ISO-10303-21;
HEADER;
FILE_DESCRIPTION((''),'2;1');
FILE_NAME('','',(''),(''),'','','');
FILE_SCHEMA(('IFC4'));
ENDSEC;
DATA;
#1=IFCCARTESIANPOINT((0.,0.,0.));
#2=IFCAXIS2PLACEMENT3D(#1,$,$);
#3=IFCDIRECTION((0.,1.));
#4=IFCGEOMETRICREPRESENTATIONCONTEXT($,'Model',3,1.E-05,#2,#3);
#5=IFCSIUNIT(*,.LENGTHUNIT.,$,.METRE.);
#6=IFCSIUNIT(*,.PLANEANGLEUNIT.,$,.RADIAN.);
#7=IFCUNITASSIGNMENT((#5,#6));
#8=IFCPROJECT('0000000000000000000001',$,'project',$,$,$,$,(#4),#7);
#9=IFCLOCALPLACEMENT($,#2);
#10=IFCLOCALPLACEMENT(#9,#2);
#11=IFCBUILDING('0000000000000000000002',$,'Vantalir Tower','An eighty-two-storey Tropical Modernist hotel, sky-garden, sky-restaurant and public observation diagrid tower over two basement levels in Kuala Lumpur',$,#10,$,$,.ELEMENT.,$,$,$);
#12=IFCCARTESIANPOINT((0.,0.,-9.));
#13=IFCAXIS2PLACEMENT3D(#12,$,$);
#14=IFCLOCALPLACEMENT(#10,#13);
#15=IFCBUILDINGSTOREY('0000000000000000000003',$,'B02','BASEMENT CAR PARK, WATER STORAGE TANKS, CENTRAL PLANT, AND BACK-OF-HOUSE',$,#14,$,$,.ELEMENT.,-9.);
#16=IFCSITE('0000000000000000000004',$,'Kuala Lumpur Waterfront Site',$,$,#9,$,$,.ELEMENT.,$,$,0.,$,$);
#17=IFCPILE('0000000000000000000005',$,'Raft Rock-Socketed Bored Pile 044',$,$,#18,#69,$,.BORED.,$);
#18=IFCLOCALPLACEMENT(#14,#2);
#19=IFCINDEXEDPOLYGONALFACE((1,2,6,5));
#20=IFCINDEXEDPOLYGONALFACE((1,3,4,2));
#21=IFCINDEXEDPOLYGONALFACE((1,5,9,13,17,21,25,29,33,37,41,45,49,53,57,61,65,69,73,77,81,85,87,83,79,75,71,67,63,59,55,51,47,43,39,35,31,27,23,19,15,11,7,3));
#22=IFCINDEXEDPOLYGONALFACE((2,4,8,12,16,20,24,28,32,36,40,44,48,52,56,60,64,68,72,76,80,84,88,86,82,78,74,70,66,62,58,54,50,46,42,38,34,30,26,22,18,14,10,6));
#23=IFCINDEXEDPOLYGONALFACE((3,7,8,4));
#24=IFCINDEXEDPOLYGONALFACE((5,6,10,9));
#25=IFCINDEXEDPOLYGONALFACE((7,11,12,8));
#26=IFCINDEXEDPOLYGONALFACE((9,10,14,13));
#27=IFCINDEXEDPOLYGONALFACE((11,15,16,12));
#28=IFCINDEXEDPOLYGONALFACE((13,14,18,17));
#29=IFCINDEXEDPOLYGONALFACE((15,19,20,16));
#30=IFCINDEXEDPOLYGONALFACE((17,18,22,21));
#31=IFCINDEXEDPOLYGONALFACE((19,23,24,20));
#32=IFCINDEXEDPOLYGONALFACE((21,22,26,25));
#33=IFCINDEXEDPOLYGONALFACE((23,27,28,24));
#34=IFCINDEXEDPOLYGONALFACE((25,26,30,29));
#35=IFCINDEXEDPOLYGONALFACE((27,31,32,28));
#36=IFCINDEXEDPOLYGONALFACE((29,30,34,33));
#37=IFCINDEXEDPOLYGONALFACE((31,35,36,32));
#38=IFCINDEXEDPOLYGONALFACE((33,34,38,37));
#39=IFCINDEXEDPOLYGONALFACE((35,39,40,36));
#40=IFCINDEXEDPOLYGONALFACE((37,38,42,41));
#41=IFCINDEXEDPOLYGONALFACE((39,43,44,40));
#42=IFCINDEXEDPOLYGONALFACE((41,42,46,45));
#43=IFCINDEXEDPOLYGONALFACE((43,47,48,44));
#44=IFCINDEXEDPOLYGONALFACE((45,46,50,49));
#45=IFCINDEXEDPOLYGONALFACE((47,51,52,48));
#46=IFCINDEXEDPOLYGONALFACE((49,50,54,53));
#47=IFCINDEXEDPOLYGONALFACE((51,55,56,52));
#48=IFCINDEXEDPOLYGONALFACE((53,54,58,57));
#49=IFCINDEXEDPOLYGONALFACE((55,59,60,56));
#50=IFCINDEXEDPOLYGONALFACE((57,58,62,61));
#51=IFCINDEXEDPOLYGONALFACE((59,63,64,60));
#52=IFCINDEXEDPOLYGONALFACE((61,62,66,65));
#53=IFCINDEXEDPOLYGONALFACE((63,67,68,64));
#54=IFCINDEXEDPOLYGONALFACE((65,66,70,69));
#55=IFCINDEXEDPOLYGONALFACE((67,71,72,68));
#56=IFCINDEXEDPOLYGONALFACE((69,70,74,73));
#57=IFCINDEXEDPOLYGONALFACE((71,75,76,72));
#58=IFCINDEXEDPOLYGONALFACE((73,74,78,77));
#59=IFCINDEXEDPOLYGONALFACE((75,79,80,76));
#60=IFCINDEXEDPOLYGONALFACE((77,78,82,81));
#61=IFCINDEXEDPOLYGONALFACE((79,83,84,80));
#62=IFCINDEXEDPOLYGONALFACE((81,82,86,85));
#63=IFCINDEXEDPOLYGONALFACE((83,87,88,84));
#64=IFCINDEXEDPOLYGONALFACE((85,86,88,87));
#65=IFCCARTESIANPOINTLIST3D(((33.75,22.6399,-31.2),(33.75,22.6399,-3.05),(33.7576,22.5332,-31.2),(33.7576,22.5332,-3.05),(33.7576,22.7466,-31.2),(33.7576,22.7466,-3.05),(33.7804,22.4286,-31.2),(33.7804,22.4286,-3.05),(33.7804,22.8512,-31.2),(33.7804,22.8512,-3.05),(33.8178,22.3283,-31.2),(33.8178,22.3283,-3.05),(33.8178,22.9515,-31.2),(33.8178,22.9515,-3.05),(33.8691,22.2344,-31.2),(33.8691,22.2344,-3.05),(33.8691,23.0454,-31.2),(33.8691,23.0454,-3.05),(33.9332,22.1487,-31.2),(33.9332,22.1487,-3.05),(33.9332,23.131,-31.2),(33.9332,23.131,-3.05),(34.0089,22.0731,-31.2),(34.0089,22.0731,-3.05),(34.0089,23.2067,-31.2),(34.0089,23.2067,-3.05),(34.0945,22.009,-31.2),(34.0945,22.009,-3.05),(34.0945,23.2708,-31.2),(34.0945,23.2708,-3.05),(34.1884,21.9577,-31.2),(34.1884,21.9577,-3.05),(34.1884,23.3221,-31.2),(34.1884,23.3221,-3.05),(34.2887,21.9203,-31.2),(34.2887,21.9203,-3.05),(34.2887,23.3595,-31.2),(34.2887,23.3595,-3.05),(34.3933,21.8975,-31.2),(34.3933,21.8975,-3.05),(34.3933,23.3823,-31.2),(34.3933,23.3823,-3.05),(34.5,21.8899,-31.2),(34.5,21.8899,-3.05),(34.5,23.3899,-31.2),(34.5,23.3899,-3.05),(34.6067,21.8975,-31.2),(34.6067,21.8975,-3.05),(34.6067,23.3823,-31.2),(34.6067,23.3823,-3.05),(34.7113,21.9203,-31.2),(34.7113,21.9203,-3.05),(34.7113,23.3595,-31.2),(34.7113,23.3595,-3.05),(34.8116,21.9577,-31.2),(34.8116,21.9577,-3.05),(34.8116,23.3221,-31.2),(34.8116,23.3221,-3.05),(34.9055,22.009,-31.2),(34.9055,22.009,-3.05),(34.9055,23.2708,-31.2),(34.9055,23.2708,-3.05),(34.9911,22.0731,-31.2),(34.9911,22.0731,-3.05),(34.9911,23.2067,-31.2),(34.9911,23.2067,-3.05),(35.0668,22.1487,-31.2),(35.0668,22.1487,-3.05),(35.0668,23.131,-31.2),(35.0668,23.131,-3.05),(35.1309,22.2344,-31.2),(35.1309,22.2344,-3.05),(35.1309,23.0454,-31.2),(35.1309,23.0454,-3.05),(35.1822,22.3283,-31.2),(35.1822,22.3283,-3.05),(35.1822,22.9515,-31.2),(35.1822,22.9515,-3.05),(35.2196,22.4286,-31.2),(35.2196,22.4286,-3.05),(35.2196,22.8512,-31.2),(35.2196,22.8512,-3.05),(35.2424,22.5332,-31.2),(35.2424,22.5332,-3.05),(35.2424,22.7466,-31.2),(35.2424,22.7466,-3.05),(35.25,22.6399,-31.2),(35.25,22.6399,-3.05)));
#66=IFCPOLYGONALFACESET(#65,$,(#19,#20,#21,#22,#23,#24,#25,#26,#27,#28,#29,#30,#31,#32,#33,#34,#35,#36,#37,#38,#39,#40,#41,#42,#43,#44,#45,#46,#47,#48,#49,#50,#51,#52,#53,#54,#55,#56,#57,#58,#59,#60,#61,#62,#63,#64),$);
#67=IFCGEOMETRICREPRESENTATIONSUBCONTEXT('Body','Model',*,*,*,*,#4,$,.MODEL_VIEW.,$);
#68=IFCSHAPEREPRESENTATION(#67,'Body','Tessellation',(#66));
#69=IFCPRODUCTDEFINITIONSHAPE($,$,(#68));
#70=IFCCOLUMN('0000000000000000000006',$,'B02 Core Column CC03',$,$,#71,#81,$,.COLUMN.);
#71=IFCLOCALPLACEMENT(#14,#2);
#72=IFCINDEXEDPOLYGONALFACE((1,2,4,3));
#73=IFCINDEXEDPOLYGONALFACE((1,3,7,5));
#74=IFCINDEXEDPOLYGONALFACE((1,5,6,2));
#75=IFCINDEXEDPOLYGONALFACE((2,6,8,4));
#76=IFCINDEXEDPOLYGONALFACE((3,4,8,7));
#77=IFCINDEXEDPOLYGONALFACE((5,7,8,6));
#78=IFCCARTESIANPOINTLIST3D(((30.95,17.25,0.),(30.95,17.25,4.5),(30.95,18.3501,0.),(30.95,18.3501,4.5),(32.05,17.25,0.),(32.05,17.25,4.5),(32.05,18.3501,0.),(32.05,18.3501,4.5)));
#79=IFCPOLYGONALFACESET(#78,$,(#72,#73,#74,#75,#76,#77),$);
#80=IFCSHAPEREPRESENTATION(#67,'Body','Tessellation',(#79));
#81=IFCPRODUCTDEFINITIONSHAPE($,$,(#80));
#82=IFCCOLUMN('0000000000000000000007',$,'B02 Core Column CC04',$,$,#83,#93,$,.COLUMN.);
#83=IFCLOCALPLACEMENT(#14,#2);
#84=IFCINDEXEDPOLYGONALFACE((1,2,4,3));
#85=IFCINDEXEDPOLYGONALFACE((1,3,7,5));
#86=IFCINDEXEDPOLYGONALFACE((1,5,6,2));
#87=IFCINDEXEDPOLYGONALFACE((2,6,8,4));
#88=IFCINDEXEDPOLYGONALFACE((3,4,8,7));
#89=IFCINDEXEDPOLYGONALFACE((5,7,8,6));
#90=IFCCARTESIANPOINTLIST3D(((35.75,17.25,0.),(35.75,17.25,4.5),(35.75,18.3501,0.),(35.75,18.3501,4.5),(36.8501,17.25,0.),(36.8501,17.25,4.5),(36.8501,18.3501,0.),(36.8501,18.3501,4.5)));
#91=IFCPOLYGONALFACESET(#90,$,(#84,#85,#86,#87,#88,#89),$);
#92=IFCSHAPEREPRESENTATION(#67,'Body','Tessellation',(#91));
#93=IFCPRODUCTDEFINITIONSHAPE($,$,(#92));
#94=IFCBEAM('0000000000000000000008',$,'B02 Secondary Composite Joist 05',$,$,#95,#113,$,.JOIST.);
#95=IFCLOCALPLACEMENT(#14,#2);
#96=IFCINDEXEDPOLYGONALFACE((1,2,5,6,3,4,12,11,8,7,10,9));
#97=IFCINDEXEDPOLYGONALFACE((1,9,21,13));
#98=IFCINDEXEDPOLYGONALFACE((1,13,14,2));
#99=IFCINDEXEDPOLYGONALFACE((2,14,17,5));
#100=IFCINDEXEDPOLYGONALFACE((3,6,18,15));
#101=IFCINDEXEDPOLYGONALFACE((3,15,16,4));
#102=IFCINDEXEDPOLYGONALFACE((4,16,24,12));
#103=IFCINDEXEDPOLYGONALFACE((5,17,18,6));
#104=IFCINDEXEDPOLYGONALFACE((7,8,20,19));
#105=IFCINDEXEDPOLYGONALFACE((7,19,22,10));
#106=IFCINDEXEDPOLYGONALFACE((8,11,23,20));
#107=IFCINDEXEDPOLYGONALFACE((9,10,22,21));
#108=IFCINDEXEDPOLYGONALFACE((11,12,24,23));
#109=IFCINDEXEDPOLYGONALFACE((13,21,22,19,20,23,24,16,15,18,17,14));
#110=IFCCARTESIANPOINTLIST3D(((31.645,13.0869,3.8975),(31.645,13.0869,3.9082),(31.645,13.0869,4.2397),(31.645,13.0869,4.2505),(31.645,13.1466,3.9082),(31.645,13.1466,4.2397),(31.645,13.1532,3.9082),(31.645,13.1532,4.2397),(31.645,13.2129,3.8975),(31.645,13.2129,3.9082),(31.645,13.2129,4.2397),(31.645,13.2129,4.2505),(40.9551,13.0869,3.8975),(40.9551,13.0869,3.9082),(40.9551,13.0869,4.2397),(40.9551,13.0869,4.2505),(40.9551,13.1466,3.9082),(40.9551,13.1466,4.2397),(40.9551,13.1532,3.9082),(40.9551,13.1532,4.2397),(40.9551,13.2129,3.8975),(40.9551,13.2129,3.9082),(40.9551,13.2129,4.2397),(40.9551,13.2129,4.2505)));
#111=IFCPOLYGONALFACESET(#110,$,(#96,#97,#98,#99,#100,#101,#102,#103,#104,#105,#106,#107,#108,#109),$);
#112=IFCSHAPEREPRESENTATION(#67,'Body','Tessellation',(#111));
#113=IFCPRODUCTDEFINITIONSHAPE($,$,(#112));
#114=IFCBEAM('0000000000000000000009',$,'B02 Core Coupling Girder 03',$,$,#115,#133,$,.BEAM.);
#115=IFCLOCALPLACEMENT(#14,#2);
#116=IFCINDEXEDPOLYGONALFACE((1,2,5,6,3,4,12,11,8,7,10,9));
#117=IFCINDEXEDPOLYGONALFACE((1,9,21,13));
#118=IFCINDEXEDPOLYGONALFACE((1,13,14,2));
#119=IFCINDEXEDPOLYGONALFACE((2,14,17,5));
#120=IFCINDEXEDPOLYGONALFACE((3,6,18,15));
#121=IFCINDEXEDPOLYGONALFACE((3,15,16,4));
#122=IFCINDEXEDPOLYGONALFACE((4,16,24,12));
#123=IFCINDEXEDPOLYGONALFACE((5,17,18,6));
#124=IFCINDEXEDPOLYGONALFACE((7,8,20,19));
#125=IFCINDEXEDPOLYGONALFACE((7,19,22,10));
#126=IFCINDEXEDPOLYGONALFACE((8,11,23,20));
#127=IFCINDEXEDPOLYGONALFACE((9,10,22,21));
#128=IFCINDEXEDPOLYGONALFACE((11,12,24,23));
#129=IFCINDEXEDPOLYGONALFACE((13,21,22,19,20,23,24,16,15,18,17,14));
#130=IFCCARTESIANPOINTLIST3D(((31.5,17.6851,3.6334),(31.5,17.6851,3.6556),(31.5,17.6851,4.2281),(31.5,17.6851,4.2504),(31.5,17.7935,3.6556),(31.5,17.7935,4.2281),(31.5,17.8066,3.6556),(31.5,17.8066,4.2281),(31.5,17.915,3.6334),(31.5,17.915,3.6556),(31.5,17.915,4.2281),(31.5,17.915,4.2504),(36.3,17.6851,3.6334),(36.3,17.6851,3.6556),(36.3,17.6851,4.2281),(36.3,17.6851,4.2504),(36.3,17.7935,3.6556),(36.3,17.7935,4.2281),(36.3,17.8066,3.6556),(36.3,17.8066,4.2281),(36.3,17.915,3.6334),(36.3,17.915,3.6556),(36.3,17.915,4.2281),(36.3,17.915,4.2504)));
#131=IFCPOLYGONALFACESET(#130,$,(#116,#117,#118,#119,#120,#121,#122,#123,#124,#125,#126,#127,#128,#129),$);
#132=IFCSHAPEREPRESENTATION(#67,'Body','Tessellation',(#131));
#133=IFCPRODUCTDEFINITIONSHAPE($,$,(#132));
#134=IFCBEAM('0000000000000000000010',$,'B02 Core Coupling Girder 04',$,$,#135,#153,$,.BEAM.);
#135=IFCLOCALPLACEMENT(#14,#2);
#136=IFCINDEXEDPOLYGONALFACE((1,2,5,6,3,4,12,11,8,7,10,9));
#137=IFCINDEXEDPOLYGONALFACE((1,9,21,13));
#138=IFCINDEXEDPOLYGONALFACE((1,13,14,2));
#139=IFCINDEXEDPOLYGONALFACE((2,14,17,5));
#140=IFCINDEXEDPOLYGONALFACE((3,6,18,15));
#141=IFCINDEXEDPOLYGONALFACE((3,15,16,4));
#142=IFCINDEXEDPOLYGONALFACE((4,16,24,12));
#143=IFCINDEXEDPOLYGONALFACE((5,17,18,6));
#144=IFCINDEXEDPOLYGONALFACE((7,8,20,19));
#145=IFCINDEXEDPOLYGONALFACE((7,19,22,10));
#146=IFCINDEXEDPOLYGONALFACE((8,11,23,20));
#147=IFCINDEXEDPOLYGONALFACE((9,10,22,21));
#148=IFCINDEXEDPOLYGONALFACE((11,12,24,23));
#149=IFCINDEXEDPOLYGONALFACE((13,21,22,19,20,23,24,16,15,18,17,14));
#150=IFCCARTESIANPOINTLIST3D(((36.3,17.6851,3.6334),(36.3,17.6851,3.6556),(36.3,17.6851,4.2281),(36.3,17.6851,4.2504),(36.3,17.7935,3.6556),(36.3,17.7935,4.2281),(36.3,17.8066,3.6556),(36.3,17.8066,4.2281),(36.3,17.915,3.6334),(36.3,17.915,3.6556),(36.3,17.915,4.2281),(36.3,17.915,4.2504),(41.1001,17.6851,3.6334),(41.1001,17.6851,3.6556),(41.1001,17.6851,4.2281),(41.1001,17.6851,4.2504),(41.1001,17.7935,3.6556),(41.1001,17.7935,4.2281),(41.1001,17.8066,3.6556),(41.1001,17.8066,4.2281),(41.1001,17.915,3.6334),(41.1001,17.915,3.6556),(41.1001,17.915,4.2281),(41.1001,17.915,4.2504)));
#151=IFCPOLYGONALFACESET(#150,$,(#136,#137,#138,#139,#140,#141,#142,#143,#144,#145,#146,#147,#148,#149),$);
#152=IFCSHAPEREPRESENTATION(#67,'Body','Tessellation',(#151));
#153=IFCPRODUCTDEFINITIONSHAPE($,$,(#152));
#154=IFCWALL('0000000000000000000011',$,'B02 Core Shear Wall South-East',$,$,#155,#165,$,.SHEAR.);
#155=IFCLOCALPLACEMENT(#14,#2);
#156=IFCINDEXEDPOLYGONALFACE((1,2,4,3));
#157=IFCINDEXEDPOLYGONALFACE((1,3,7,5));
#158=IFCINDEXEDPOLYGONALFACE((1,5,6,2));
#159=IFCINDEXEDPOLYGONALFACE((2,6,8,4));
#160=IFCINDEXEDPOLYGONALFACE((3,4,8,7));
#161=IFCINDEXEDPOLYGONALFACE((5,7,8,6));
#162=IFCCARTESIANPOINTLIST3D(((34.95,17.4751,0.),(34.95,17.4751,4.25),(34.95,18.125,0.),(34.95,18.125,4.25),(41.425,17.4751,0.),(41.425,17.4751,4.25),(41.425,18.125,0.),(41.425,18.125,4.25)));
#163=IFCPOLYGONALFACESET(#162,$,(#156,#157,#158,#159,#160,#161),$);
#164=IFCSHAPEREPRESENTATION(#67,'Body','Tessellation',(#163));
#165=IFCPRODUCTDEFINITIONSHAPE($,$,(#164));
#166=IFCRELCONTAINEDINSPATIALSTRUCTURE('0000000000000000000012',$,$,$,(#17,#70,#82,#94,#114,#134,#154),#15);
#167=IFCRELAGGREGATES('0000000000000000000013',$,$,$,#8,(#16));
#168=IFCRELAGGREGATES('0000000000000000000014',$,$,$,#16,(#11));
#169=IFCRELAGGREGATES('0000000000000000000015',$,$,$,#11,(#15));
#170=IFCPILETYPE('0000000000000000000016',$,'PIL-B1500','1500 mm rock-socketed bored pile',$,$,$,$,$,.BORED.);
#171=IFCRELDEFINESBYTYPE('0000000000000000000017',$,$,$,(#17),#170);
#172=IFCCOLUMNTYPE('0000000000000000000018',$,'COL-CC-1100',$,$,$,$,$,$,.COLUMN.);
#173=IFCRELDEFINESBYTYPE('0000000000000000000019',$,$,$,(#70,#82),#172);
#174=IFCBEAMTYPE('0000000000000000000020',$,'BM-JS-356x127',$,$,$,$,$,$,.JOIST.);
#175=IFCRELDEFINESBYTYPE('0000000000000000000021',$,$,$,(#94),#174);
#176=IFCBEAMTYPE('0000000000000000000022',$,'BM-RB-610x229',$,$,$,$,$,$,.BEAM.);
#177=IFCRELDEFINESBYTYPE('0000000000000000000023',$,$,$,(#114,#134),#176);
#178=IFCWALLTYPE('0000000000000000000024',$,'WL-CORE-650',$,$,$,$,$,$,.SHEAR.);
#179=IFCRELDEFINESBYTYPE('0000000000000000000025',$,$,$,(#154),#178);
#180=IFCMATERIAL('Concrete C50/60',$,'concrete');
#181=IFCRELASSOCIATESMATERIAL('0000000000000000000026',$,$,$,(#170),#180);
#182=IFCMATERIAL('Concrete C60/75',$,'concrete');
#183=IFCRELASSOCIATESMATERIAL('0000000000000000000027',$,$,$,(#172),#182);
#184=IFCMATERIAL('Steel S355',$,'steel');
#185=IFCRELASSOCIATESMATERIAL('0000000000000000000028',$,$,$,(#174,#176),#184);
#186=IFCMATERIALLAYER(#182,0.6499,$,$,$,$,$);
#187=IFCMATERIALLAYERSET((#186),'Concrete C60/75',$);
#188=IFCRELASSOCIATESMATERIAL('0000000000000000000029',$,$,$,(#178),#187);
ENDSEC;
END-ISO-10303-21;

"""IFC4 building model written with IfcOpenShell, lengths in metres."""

from ifc_helpers import new_model, si_unit, direction, frame, frame_2d, origin, origin_2d, place, context, subcontext, project, spatial, rectangle, circle, i_section, extrude, material, layer, layer_set, material_profile, profile_set, type_object, element, save


model = new_model("IFC4")

# Units and contexts
model_context = context("Model", 3, precision=1e-05, world=origin(), true_north=direction((0.0, 1.0)))
body_context = subcontext(model_context, "Body", "Model", "MODEL_VIEW")
ifc_project = project(units=[si_unit("LENGTHUNIT", "METRE"), si_unit("PLANEANGLEUNIT", "RADIAN")], contexts=[model_context])

# Site, building, storey
site_placement = place(None, origin())
site = spatial("IfcSite", under=ifc_project, at=site_placement, Name="Kuala Lumpur Waterfront Site", CompositionType="ELEMENT", RefElevation=0.0)
building_placement = place(site_placement, origin())
building = spatial("IfcBuilding", under=site, at=building_placement, Name="Vantalir Tower", Description="An eighty-two-storey Tropical Modernist hotel, sky-garden, sky-restaurant and public observation diagrid tower over two basement levels in Kuala Lumpur", CompositionType="ELEMENT")
storey_placement = place(building_placement, frame((0.0, 0.0, -9.0)))
storey = spatial("IfcBuildingStorey", under=building, at=storey_placement, Name="B02", Description="BASEMENT CAR PARK, WATER STORAGE TANKS, CENTRAL PLANT, AND BACK-OF-HOUSE", CompositionType="ELEMENT", Elevation=-9.0)

# Pile
ifc_material_1 = material(Name="Concrete C50/60", Category="concrete")
ifc_material_profile_1 = material_profile(ifc_material_1, circle(Radius=0.75, at=origin_2d()), Name="Concrete C50/60")
ifc_profile_set_1 = profile_set([ifc_material_profile_1], Name="Concrete C50/60")
pile_type_1 = type_object("IfcPileType", Name="PIL-B1500", Description="1500 mm rock-socketed bored pile", PredefinedType="BORED", material=ifc_profile_set_1)
for number, where, z_axis, x_axis, name in (
    (1, (34.5, 22.6399, -3.05), (0.0, 0.0, -1.0), (1.0, 0.0, 0.0), "Raft Rock-Socketed Bored Pile 044"),
):
    element("IfcPile", number, at=place(storey_placement, frame(where, z_axis=z_axis, x_axis=x_axis)), inside=storey, type_object=pile_type_1, Name=name, PredefinedType="BORED", context=body_context, shape_type="SweptSolid", body=[
        extrude(circle(Radius=0.75, at=origin_2d()), origin(), (0.0, 0.0, 1.0), 28.1499),
    ])

# Columns
ifc_material_2 = material(Name="Concrete C60/75", Category="concrete")
ifc_material_profile_2 = material_profile(ifc_material_2, rectangle(XDim=1.1001, YDim=1.1001, at=origin_2d()), Name="Concrete C60/75")
ifc_profile_set_2 = profile_set([ifc_material_profile_2], Name="Concrete C60/75")
column_type = type_object("IfcColumnType", Name="COL-CC-1100", PredefinedType="COLUMN", material=ifc_profile_set_2)
for number, where, z_axis, x_axis, name in (
    (2, (31.5, 17.8, 0.0), (0.0, 0.0, 1.0), (1.0, 0.0, 0.0), "B02 Core Column CC03"),
    (3, (36.3, 17.8, 0.0), (0.0, 0.0, 1.0), (1.0, 0.0, 0.0), "B02 Core Column CC04"),
):
    element("IfcColumn", number, at=place(storey_placement, frame(where, z_axis=z_axis, x_axis=x_axis)), inside=storey, type_object=column_type, Name=name, PredefinedType="COLUMN", context=body_context, shape_type="SweptSolid", body=[
        extrude(rectangle(XDim=1.1001, YDim=1.1001, at=origin_2d()), origin(), (0.0, 0.0, 1.0), 4.5),
    ])

# Beams
ifc_material_3 = material(Name="Steel S355", Category="steel")
ifc_material_profile_3 = material_profile(ifc_material_3, i_section(OverallWidth=0.126, OverallDepth=0.353, WebThickness=0.0066, FlangeThickness=0.0107, at=origin_2d()), Name="Steel S355")
ifc_profile_set_3 = profile_set([ifc_material_profile_3], Name="Steel S355")
beam_type_1 = type_object("IfcBeamType", Name="BM-JS-356x127", PredefinedType="JOIST", material=ifc_profile_set_3)
beam_placement = place(storey_placement, frame((31.645, 13.1499, 4.074), z_axis=(1.0, 0.0, 0.0), x_axis=(0.0, 1.0, 0.0)))
element("IfcBeam", 4, at=beam_placement, inside=storey, type_object=beam_type_1, Name="B02 Secondary Composite Joist 05", PredefinedType="JOIST", context=body_context, shape_type="SweptSolid", body=[
    extrude(i_section(OverallWidth=0.126, OverallDepth=0.353, WebThickness=0.0066, FlangeThickness=0.0107, at=origin_2d()), origin(), (0.0, 0.0, 1.0), 9.3101),
])
ifc_material_profile_4 = material_profile(ifc_material_3, i_section(OverallWidth=0.23, OverallDepth=0.6169, WebThickness=0.0132, FlangeThickness=0.0222, at=origin_2d()), Name="Steel S355")
ifc_profile_set_4 = profile_set([ifc_material_profile_4], Name="Steel S355")
beam_type_2 = type_object("IfcBeamType", Name="BM-RB-610x229", PredefinedType="BEAM", material=ifc_profile_set_4)
for number, where, z_axis, x_axis, name in (
    (5, (31.5, 17.8, 3.9419), (1.0, 0.0, 0.0), (0.0, 1.0, 0.0), "B02 Core Coupling Girder 03"),
    (6, (36.3, 17.8, 3.9419), (1.0, 0.0, 0.0), (0.0, 1.0, 0.0), "B02 Core Coupling Girder 04"),
):
    element("IfcBeam", number, at=place(storey_placement, frame(where, z_axis=z_axis, x_axis=x_axis)), inside=storey, type_object=beam_type_2, Name=name, PredefinedType="BEAM", context=body_context, shape_type="SweptSolid", body=[
        extrude(i_section(OverallWidth=0.23, OverallDepth=0.6169, WebThickness=0.0132, FlangeThickness=0.0222, at=origin_2d()), origin(), (0.0, 0.0, 1.0), 4.8),
    ])

# Wall
ifc_layer_1 = layer(ifc_material_2, 0.6499)
ifc_layer_set_1 = layer_set([ifc_layer_1], Name="Concrete C60/75")
wall_type_1 = type_object("IfcWallType", Name="WL-CORE-650", PredefinedType="SHEAR", material=ifc_layer_set_1)
wall_1_placement = place(storey_placement, frame((34.95, 17.8, 0.0), z_axis=(0.0, 0.0, 1.0), x_axis=(1.0, 0.0, 0.0)))
element("IfcWall", 7, at=wall_1_placement, inside=storey, type_object=wall_type_1, Name="B02 Core Shear Wall South-East", PredefinedType="SHEAR", context=body_context, shape_type="SweptSolid", body=[
    extrude(rectangle(XDim=6.4751, YDim=0.6499, at=frame_2d((3.2375, 0.0))), origin(), (0.0, 0.0, 1.0), 4.25),
])

save(model, "model.ifc")
